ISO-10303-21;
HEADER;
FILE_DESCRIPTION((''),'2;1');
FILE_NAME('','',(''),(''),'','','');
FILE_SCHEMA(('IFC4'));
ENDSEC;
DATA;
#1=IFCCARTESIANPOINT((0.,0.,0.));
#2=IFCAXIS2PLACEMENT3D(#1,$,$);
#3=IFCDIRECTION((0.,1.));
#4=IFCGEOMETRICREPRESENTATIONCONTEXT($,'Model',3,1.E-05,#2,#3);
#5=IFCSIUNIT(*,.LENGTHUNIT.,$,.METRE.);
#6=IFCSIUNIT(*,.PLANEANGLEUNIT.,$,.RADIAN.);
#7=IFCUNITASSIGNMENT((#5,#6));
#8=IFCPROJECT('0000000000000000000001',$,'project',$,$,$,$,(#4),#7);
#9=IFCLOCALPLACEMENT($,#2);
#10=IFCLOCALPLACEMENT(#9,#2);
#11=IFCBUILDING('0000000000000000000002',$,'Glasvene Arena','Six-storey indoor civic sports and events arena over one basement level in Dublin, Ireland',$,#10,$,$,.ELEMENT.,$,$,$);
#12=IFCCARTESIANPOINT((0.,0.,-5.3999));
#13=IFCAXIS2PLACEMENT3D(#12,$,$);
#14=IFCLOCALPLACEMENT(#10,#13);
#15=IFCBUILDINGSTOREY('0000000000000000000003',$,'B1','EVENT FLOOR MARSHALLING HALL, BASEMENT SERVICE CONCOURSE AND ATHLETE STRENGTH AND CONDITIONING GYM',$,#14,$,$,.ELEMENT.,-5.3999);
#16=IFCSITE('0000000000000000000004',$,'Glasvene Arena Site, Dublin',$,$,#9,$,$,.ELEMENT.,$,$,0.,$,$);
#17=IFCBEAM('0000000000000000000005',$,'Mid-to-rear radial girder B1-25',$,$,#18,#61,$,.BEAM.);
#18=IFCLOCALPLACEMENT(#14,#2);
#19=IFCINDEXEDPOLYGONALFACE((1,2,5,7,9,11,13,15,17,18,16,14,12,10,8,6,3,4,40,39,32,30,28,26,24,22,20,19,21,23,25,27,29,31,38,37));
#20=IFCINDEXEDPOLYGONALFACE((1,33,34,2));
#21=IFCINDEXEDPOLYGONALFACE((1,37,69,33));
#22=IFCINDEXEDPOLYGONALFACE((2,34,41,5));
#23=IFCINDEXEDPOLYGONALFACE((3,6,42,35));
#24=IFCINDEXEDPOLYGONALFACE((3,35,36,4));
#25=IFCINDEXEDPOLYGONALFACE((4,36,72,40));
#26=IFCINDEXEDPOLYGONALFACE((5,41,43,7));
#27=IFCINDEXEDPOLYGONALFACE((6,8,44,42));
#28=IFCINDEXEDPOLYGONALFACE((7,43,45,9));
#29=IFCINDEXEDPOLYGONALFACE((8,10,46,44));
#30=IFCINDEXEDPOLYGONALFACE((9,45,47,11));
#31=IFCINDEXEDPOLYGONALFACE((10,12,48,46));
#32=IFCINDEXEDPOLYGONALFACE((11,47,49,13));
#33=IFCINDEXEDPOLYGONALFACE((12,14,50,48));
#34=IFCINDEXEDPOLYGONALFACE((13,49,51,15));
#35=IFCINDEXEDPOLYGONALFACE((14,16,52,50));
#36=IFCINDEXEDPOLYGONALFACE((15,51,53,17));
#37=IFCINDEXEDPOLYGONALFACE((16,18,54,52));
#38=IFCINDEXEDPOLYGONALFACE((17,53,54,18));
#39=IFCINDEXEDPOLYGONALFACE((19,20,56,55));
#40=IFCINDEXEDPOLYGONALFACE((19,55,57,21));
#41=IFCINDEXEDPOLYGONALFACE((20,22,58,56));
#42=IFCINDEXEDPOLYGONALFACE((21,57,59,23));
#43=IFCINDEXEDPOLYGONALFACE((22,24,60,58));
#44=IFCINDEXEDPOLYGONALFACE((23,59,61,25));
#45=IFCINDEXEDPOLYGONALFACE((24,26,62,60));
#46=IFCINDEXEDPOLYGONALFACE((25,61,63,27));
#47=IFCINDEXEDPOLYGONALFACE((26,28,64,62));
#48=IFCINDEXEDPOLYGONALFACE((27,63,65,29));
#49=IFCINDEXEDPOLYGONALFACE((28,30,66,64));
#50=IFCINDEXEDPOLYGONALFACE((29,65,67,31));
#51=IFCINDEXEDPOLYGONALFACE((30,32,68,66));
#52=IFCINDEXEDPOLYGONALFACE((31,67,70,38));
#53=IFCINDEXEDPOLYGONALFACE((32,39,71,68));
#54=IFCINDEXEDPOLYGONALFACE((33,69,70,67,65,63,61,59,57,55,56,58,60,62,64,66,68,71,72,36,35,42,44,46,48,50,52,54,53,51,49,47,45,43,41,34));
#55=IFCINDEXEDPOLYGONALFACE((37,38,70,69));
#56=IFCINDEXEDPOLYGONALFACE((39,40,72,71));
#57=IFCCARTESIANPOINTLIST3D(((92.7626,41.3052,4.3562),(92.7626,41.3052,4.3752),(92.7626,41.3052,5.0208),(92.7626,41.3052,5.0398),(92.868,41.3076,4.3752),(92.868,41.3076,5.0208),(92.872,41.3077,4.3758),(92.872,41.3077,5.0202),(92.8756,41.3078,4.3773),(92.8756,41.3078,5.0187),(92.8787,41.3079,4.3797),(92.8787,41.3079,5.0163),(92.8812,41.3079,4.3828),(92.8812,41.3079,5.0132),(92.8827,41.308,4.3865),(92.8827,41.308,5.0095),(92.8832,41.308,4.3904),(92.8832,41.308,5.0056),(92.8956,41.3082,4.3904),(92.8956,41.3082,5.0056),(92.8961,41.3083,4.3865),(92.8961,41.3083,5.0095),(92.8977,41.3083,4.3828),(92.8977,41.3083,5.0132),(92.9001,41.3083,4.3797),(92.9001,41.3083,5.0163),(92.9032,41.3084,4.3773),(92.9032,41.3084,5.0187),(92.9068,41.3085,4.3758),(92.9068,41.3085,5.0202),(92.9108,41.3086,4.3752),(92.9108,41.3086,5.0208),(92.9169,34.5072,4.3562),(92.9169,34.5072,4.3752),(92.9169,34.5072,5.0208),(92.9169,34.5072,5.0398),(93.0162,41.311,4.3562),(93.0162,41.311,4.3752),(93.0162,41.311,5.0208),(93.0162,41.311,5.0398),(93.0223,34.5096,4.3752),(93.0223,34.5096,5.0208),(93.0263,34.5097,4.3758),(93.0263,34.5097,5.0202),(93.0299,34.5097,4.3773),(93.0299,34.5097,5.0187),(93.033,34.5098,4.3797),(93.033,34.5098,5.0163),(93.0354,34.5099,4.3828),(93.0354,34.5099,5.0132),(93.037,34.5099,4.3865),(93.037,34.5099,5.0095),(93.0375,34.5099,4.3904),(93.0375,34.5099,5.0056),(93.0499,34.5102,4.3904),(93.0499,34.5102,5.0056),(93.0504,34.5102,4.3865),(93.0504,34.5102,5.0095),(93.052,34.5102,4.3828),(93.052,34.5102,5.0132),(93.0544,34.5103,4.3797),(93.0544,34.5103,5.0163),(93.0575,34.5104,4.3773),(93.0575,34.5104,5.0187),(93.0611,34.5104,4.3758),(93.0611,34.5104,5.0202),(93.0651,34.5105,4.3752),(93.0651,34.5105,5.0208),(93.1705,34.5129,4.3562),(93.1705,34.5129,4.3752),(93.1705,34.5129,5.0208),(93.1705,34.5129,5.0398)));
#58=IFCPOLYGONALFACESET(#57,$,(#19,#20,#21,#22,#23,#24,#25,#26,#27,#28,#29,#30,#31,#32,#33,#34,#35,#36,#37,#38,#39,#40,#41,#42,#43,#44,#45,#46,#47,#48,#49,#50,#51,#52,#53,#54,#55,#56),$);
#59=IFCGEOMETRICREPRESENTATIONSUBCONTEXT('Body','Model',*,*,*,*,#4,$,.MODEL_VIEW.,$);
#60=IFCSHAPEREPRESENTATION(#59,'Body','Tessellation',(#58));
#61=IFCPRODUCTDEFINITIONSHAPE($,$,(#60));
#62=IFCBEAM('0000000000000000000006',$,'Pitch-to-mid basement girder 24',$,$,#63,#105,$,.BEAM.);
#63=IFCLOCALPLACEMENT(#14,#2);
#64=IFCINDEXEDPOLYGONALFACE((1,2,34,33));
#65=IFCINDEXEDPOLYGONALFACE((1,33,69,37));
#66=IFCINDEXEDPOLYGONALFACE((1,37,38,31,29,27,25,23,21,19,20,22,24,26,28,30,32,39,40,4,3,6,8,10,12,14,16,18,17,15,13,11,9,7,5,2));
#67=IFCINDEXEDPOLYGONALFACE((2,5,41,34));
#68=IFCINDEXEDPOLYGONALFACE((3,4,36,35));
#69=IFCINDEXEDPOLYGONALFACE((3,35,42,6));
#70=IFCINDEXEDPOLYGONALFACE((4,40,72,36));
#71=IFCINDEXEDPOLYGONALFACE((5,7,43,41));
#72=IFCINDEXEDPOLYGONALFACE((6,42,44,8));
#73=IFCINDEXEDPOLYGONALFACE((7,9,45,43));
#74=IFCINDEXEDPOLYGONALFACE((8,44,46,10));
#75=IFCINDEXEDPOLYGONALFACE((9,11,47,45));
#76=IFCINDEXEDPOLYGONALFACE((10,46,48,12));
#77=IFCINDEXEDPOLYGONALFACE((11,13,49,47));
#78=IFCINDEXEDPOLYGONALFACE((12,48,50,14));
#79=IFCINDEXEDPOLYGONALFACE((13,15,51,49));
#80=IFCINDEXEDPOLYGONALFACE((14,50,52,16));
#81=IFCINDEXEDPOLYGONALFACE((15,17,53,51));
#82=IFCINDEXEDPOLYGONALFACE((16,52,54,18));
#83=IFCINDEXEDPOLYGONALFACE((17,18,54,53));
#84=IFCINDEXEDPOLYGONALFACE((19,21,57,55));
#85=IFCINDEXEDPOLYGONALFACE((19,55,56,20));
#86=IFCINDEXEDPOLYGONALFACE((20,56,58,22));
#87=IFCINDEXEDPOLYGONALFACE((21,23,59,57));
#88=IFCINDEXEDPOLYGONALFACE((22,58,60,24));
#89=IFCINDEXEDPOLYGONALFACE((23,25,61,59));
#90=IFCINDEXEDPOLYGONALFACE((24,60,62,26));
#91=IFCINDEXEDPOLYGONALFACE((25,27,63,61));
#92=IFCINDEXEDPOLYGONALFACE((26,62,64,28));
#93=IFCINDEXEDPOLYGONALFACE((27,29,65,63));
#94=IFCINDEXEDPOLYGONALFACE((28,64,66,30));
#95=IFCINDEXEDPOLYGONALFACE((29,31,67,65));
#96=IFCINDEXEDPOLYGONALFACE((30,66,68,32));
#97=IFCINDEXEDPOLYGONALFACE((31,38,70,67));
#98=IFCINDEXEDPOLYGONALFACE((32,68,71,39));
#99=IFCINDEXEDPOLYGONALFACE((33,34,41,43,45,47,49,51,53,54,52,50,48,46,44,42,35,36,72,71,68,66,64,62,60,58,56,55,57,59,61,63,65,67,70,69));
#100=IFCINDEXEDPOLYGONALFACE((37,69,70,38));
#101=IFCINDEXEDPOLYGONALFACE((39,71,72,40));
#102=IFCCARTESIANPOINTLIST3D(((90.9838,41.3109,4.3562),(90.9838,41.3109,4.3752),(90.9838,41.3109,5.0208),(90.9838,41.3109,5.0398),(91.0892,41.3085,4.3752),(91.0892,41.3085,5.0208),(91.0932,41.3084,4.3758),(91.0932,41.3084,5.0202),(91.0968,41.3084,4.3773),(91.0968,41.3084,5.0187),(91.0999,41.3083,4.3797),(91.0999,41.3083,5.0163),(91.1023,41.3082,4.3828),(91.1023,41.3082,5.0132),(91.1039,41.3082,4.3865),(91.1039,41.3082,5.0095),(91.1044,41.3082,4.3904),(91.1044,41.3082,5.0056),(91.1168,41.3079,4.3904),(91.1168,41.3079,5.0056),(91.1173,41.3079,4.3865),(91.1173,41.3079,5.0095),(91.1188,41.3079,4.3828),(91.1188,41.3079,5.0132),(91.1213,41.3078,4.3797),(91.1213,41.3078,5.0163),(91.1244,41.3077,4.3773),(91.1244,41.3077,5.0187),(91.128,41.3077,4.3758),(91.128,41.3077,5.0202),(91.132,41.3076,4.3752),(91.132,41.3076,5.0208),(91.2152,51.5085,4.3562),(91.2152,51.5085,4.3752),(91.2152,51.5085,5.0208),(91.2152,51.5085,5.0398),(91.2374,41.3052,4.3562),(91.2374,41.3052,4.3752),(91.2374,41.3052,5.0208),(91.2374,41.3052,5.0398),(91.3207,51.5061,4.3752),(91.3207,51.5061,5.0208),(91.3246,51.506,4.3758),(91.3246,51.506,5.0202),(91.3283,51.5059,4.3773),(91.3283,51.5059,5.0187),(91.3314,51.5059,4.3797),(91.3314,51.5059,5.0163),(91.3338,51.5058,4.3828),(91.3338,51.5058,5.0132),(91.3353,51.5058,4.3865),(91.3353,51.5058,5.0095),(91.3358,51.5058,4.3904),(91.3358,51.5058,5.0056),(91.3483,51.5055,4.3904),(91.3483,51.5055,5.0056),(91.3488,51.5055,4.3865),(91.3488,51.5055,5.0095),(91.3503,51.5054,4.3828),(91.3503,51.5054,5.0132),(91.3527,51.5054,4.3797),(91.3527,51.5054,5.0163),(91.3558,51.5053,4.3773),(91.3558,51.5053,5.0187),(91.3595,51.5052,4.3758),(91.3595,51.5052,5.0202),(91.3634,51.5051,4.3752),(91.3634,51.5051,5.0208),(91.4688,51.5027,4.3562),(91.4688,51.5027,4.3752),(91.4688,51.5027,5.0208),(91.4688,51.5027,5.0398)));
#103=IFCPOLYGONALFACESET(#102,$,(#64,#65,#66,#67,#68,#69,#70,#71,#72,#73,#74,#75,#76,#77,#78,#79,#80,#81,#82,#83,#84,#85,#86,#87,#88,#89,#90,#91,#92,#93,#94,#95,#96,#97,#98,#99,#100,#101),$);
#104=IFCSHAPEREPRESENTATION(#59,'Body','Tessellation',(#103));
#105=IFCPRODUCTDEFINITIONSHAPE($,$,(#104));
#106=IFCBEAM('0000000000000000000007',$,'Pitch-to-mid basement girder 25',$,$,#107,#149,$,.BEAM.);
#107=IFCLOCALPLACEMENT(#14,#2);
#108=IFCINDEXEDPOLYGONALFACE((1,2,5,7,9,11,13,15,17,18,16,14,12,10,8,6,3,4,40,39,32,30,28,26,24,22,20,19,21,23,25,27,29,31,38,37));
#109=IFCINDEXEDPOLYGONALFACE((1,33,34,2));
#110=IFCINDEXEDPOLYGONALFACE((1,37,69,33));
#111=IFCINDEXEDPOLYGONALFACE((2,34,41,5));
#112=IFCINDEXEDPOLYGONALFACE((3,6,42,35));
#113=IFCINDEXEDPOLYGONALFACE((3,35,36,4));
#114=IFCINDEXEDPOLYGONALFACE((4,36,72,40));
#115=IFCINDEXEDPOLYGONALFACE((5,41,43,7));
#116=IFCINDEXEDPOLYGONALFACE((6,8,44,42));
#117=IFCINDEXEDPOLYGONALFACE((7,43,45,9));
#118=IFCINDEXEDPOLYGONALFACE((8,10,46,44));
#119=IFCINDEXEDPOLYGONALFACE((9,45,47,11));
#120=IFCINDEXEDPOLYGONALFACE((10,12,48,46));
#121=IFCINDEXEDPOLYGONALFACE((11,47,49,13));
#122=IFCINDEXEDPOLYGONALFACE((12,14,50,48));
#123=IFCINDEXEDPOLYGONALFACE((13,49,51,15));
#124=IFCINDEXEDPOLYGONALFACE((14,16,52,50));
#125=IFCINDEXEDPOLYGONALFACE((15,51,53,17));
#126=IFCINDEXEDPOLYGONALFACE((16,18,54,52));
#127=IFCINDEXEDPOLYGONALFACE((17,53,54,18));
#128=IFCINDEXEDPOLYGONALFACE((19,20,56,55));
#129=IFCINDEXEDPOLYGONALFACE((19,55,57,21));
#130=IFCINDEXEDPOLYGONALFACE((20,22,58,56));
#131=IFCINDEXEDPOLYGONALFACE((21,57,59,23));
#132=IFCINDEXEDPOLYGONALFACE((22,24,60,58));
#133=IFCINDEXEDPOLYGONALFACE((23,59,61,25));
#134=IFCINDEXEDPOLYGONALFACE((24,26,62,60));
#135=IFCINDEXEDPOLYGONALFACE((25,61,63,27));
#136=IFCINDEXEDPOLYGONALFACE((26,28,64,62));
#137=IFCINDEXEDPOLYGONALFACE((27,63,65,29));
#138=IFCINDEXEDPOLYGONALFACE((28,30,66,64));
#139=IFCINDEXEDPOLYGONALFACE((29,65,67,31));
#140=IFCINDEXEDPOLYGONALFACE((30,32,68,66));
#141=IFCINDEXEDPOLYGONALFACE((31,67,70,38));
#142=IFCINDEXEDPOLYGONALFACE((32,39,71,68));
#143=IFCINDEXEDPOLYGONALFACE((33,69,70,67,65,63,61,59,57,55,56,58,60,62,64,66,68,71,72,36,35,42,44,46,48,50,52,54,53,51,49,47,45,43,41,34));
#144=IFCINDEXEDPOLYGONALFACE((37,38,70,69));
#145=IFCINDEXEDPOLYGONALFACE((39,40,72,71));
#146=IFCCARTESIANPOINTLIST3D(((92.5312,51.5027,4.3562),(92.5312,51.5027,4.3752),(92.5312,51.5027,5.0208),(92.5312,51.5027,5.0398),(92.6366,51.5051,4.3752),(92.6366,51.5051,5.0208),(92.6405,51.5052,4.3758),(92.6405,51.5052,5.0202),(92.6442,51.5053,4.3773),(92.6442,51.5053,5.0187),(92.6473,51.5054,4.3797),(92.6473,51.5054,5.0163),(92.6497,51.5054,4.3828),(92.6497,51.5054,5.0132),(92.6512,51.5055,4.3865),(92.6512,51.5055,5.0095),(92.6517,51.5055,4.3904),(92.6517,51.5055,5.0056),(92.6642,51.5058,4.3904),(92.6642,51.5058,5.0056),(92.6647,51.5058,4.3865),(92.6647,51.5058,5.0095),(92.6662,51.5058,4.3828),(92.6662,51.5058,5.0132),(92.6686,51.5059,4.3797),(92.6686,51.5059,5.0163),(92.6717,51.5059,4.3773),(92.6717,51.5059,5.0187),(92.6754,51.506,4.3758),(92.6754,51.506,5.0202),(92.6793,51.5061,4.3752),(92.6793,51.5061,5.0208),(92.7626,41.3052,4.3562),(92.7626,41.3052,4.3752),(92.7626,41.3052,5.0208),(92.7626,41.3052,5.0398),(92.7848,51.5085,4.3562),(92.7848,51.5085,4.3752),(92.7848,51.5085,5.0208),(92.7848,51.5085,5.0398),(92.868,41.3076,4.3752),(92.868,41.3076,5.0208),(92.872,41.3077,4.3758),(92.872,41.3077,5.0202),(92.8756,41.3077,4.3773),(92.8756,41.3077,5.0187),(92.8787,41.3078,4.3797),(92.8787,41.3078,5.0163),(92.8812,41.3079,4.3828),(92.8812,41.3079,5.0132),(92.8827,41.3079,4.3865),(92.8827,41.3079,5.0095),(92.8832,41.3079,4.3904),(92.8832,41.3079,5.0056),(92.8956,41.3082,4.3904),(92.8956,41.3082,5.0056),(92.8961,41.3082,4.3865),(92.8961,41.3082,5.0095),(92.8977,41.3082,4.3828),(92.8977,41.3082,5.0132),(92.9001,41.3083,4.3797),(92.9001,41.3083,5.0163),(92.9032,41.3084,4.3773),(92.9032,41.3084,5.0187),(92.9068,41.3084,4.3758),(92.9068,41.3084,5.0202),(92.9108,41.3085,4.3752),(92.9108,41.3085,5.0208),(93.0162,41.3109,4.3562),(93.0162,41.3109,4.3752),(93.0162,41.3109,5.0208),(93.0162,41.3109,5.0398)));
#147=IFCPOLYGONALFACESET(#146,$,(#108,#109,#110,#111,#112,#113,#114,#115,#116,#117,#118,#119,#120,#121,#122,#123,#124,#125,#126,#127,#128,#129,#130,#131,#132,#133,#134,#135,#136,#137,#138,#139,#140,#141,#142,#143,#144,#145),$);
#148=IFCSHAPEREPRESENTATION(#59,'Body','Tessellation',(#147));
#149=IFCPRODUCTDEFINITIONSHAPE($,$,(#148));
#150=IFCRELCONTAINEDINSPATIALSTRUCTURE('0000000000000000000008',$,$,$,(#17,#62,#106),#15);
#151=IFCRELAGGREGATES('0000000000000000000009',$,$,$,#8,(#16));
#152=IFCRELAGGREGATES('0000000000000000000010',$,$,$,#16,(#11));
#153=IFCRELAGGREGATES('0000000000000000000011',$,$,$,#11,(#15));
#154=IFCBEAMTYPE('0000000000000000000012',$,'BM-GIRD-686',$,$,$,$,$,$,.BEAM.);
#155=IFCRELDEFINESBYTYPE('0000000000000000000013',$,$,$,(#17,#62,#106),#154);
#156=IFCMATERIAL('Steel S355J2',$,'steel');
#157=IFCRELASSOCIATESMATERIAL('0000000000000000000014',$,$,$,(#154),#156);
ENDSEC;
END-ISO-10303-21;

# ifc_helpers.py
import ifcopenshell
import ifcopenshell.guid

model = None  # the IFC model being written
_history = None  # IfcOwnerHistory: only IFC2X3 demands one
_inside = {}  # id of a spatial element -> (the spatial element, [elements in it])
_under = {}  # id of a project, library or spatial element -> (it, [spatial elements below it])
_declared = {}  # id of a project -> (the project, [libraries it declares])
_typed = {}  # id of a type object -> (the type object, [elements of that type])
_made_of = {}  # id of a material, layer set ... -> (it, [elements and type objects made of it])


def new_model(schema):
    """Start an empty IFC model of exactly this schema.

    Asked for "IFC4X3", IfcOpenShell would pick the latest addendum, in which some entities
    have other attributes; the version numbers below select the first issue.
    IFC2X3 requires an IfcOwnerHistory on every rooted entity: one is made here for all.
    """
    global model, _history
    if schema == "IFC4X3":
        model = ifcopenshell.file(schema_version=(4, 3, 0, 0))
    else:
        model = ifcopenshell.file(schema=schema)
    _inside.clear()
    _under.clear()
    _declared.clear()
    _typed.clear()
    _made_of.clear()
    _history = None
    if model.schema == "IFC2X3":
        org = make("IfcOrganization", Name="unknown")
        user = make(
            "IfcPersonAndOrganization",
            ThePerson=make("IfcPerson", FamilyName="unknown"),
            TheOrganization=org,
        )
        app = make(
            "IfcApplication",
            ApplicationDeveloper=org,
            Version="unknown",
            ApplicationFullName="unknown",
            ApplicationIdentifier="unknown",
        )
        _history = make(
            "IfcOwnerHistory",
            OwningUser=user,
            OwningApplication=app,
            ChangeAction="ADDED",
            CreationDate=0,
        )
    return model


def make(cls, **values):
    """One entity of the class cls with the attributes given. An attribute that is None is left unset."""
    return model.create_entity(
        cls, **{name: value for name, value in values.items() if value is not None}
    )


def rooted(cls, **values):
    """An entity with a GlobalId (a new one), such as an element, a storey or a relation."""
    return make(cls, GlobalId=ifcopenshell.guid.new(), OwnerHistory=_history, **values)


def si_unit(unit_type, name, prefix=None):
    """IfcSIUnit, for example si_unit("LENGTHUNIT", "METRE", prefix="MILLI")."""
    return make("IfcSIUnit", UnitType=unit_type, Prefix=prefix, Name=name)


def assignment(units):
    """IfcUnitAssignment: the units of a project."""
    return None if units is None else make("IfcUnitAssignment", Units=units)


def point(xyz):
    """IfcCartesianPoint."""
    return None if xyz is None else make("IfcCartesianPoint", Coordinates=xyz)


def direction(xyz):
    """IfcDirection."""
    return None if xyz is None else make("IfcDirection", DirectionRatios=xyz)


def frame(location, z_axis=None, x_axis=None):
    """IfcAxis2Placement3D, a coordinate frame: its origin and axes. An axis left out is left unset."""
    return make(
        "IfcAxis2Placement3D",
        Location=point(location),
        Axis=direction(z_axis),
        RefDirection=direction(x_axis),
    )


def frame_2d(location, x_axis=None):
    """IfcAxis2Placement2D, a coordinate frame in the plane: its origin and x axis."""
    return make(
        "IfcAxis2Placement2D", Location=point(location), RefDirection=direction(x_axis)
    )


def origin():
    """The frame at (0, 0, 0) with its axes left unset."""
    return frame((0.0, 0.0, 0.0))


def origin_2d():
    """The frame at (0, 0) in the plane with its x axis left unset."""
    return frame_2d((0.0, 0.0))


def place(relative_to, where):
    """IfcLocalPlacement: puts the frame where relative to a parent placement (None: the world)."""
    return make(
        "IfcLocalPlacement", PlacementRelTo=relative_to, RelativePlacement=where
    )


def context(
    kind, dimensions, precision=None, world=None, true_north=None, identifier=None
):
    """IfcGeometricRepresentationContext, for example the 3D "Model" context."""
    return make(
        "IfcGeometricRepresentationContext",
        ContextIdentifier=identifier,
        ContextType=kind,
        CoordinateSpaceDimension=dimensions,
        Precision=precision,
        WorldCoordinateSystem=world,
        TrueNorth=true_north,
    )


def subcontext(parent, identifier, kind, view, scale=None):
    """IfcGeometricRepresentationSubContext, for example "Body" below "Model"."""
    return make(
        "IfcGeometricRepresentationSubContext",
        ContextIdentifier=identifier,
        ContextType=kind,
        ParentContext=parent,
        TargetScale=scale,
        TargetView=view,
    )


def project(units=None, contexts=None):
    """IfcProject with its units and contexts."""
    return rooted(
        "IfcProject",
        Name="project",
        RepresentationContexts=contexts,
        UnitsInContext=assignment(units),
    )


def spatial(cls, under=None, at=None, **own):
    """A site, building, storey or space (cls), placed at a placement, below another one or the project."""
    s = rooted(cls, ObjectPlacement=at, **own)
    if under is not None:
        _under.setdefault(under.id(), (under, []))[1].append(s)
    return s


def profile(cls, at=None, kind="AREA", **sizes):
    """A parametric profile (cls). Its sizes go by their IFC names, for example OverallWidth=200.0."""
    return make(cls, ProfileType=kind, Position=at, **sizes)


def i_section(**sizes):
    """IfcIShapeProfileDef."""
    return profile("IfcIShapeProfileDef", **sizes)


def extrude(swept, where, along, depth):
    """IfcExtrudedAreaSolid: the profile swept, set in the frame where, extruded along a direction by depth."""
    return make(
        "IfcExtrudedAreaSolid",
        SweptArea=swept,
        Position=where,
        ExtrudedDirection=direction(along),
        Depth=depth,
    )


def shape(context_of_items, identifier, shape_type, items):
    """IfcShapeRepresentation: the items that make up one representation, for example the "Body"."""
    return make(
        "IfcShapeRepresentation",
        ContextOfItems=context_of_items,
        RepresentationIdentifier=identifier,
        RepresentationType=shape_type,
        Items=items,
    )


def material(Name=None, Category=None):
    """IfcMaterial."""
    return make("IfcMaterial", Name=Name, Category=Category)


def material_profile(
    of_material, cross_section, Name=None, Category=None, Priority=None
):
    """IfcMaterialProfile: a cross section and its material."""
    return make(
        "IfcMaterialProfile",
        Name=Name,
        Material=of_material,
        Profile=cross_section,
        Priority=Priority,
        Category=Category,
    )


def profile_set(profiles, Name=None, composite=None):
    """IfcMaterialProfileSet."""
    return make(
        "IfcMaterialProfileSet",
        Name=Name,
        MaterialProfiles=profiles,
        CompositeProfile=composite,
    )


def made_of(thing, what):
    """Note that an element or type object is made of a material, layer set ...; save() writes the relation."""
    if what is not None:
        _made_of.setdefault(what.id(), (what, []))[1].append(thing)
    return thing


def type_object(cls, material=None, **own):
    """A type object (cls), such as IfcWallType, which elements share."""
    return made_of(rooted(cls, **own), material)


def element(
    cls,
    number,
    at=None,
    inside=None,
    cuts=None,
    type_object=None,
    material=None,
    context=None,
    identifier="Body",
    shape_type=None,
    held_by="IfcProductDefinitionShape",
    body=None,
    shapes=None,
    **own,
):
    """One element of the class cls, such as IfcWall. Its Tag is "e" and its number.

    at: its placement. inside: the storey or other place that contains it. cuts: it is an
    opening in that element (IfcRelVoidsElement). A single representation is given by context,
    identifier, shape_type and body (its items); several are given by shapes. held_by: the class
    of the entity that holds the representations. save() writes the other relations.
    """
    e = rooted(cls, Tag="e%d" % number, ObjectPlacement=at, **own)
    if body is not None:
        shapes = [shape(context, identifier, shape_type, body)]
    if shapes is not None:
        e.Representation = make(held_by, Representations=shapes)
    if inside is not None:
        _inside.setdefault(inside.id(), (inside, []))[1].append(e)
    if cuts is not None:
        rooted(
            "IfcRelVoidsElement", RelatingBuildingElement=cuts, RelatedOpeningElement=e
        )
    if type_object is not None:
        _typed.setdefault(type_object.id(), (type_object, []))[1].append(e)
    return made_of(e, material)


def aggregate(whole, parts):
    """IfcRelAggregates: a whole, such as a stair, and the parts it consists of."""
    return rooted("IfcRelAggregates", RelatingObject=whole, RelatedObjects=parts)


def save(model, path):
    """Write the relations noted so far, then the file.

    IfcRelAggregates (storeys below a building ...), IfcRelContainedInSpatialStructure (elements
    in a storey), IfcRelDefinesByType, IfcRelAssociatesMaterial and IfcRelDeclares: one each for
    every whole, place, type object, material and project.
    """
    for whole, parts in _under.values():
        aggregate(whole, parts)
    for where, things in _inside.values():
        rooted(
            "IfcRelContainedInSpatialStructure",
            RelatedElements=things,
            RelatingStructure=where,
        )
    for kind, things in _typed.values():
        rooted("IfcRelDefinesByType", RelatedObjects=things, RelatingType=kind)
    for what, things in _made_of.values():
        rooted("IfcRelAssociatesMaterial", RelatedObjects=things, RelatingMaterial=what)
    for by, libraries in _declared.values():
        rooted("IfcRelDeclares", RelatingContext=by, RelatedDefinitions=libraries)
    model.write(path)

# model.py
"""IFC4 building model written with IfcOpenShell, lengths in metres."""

from ifc_helpers import new_model, si_unit, direction, frame, origin, origin_2d, place, context, subcontext, project, spatial, i_section, extrude, material, material_profile, profile_set, type_object, element, save


model = new_model("IFC4")

# Units and contexts
model_context = context("Model", 3, precision=1e-05, world=origin(), true_north=direction((0.0, 1.0)))
body_context = subcontext(model_context, "Body", "Model", "MODEL_VIEW")
ifc_project = project(units=[si_unit("LENGTHUNIT", "METRE"), si_unit("PLANEANGLEUNIT", "RADIAN")], contexts=[model_context])

# Site, building, storey
site_placement = place(None, origin())
site = spatial("IfcSite", under=ifc_project, at=site_placement, Name="Glasvene Arena Site, Dublin", CompositionType="ELEMENT", RefElevation=0.0)
building_placement = place(site_placement, origin())
building = spatial("IfcBuilding", under=site, at=building_placement, Name="Glasvene Arena", Description="Six-storey indoor civic sports and events arena over one basement level in Dublin, Ireland", CompositionType="ELEMENT")
storey_placement = place(building_placement, frame((0.0, 0.0, -5.3999)))
storey = spatial("IfcBuildingStorey", under=building, at=storey_placement, Name="B1", Description="EVENT FLOOR MARSHALLING HALL, BASEMENT SERVICE CONCOURSE AND ATHLETE STRENGTH AND CONDITIONING GYM", CompositionType="ELEMENT", Elevation=-5.3999)

# Beams
ifc_material_1 = material(Name="Steel S355J2", Category="steel")
ifc_material_profile_1 = material_profile(ifc_material_1, i_section(OverallWidth=0.2537, OverallDepth=0.6836, WebThickness=0.0125, FlangeThickness=0.019, FilletRadius=0.0151, at=origin_2d()), Name="UKB 686x254x140")
ifc_profile_set_1 = profile_set([ifc_material_profile_1], Name="Steel S355J2")
beam_type_1 = type_object("IfcBeamType", Name="BM-GIRD-686", PredefinedType="BEAM", material=ifc_profile_set_1)
beam_1_placement = place(storey_placement, frame((92.8894, 41.3081, 4.698), z_axis=(0.022691, -0.999743, 0.0), x_axis=(0.999743, 0.022691, 0.0)))
element("IfcBeam", 1, at=beam_1_placement, inside=storey, type_object=beam_type_1, Name="Mid-to-rear radial girder B1-25", PredefinedType="BEAM", context=body_context, shape_type="SweptSolid", body=[
    extrude(i_section(OverallWidth=0.2537, OverallDepth=0.6836, WebThickness=0.0125, FlangeThickness=0.019, FilletRadius=0.0151, at=origin_2d()), origin(), (0.0, 0.0, 1.0), 6.7998),
])
for number, where, z_axis, x_axis, name in (
    (2, (91.342, 51.5056, 4.698), (-0.02269, -0.999743, 0.0), (0.999743, -0.02269, 0.0), "Pitch-to-mid basement girder 24"),
    (3, (92.658, 51.5056, 4.698), (0.02269, -0.999743, 0.0), (0.999743, 0.02269, 0.0), "Pitch-to-mid basement girder 25"),
):
    element("IfcBeam", number, at=place(storey_placement, frame(where, z_axis=z_axis, x_axis=x_axis)), inside=storey, type_object=beam_type_1, Name=name, PredefinedType="BEAM", context=body_context, shape_type="SweptSolid", body=[
        extrude(i_section(OverallWidth=0.2537, OverallDepth=0.6836, WebThickness=0.0125, FlangeThickness=0.019, FilletRadius=0.0151, at=origin_2d()), origin(), (0.0, 0.0, 1.0), 10.2002),
    ])

save(model, "model.ifc")
